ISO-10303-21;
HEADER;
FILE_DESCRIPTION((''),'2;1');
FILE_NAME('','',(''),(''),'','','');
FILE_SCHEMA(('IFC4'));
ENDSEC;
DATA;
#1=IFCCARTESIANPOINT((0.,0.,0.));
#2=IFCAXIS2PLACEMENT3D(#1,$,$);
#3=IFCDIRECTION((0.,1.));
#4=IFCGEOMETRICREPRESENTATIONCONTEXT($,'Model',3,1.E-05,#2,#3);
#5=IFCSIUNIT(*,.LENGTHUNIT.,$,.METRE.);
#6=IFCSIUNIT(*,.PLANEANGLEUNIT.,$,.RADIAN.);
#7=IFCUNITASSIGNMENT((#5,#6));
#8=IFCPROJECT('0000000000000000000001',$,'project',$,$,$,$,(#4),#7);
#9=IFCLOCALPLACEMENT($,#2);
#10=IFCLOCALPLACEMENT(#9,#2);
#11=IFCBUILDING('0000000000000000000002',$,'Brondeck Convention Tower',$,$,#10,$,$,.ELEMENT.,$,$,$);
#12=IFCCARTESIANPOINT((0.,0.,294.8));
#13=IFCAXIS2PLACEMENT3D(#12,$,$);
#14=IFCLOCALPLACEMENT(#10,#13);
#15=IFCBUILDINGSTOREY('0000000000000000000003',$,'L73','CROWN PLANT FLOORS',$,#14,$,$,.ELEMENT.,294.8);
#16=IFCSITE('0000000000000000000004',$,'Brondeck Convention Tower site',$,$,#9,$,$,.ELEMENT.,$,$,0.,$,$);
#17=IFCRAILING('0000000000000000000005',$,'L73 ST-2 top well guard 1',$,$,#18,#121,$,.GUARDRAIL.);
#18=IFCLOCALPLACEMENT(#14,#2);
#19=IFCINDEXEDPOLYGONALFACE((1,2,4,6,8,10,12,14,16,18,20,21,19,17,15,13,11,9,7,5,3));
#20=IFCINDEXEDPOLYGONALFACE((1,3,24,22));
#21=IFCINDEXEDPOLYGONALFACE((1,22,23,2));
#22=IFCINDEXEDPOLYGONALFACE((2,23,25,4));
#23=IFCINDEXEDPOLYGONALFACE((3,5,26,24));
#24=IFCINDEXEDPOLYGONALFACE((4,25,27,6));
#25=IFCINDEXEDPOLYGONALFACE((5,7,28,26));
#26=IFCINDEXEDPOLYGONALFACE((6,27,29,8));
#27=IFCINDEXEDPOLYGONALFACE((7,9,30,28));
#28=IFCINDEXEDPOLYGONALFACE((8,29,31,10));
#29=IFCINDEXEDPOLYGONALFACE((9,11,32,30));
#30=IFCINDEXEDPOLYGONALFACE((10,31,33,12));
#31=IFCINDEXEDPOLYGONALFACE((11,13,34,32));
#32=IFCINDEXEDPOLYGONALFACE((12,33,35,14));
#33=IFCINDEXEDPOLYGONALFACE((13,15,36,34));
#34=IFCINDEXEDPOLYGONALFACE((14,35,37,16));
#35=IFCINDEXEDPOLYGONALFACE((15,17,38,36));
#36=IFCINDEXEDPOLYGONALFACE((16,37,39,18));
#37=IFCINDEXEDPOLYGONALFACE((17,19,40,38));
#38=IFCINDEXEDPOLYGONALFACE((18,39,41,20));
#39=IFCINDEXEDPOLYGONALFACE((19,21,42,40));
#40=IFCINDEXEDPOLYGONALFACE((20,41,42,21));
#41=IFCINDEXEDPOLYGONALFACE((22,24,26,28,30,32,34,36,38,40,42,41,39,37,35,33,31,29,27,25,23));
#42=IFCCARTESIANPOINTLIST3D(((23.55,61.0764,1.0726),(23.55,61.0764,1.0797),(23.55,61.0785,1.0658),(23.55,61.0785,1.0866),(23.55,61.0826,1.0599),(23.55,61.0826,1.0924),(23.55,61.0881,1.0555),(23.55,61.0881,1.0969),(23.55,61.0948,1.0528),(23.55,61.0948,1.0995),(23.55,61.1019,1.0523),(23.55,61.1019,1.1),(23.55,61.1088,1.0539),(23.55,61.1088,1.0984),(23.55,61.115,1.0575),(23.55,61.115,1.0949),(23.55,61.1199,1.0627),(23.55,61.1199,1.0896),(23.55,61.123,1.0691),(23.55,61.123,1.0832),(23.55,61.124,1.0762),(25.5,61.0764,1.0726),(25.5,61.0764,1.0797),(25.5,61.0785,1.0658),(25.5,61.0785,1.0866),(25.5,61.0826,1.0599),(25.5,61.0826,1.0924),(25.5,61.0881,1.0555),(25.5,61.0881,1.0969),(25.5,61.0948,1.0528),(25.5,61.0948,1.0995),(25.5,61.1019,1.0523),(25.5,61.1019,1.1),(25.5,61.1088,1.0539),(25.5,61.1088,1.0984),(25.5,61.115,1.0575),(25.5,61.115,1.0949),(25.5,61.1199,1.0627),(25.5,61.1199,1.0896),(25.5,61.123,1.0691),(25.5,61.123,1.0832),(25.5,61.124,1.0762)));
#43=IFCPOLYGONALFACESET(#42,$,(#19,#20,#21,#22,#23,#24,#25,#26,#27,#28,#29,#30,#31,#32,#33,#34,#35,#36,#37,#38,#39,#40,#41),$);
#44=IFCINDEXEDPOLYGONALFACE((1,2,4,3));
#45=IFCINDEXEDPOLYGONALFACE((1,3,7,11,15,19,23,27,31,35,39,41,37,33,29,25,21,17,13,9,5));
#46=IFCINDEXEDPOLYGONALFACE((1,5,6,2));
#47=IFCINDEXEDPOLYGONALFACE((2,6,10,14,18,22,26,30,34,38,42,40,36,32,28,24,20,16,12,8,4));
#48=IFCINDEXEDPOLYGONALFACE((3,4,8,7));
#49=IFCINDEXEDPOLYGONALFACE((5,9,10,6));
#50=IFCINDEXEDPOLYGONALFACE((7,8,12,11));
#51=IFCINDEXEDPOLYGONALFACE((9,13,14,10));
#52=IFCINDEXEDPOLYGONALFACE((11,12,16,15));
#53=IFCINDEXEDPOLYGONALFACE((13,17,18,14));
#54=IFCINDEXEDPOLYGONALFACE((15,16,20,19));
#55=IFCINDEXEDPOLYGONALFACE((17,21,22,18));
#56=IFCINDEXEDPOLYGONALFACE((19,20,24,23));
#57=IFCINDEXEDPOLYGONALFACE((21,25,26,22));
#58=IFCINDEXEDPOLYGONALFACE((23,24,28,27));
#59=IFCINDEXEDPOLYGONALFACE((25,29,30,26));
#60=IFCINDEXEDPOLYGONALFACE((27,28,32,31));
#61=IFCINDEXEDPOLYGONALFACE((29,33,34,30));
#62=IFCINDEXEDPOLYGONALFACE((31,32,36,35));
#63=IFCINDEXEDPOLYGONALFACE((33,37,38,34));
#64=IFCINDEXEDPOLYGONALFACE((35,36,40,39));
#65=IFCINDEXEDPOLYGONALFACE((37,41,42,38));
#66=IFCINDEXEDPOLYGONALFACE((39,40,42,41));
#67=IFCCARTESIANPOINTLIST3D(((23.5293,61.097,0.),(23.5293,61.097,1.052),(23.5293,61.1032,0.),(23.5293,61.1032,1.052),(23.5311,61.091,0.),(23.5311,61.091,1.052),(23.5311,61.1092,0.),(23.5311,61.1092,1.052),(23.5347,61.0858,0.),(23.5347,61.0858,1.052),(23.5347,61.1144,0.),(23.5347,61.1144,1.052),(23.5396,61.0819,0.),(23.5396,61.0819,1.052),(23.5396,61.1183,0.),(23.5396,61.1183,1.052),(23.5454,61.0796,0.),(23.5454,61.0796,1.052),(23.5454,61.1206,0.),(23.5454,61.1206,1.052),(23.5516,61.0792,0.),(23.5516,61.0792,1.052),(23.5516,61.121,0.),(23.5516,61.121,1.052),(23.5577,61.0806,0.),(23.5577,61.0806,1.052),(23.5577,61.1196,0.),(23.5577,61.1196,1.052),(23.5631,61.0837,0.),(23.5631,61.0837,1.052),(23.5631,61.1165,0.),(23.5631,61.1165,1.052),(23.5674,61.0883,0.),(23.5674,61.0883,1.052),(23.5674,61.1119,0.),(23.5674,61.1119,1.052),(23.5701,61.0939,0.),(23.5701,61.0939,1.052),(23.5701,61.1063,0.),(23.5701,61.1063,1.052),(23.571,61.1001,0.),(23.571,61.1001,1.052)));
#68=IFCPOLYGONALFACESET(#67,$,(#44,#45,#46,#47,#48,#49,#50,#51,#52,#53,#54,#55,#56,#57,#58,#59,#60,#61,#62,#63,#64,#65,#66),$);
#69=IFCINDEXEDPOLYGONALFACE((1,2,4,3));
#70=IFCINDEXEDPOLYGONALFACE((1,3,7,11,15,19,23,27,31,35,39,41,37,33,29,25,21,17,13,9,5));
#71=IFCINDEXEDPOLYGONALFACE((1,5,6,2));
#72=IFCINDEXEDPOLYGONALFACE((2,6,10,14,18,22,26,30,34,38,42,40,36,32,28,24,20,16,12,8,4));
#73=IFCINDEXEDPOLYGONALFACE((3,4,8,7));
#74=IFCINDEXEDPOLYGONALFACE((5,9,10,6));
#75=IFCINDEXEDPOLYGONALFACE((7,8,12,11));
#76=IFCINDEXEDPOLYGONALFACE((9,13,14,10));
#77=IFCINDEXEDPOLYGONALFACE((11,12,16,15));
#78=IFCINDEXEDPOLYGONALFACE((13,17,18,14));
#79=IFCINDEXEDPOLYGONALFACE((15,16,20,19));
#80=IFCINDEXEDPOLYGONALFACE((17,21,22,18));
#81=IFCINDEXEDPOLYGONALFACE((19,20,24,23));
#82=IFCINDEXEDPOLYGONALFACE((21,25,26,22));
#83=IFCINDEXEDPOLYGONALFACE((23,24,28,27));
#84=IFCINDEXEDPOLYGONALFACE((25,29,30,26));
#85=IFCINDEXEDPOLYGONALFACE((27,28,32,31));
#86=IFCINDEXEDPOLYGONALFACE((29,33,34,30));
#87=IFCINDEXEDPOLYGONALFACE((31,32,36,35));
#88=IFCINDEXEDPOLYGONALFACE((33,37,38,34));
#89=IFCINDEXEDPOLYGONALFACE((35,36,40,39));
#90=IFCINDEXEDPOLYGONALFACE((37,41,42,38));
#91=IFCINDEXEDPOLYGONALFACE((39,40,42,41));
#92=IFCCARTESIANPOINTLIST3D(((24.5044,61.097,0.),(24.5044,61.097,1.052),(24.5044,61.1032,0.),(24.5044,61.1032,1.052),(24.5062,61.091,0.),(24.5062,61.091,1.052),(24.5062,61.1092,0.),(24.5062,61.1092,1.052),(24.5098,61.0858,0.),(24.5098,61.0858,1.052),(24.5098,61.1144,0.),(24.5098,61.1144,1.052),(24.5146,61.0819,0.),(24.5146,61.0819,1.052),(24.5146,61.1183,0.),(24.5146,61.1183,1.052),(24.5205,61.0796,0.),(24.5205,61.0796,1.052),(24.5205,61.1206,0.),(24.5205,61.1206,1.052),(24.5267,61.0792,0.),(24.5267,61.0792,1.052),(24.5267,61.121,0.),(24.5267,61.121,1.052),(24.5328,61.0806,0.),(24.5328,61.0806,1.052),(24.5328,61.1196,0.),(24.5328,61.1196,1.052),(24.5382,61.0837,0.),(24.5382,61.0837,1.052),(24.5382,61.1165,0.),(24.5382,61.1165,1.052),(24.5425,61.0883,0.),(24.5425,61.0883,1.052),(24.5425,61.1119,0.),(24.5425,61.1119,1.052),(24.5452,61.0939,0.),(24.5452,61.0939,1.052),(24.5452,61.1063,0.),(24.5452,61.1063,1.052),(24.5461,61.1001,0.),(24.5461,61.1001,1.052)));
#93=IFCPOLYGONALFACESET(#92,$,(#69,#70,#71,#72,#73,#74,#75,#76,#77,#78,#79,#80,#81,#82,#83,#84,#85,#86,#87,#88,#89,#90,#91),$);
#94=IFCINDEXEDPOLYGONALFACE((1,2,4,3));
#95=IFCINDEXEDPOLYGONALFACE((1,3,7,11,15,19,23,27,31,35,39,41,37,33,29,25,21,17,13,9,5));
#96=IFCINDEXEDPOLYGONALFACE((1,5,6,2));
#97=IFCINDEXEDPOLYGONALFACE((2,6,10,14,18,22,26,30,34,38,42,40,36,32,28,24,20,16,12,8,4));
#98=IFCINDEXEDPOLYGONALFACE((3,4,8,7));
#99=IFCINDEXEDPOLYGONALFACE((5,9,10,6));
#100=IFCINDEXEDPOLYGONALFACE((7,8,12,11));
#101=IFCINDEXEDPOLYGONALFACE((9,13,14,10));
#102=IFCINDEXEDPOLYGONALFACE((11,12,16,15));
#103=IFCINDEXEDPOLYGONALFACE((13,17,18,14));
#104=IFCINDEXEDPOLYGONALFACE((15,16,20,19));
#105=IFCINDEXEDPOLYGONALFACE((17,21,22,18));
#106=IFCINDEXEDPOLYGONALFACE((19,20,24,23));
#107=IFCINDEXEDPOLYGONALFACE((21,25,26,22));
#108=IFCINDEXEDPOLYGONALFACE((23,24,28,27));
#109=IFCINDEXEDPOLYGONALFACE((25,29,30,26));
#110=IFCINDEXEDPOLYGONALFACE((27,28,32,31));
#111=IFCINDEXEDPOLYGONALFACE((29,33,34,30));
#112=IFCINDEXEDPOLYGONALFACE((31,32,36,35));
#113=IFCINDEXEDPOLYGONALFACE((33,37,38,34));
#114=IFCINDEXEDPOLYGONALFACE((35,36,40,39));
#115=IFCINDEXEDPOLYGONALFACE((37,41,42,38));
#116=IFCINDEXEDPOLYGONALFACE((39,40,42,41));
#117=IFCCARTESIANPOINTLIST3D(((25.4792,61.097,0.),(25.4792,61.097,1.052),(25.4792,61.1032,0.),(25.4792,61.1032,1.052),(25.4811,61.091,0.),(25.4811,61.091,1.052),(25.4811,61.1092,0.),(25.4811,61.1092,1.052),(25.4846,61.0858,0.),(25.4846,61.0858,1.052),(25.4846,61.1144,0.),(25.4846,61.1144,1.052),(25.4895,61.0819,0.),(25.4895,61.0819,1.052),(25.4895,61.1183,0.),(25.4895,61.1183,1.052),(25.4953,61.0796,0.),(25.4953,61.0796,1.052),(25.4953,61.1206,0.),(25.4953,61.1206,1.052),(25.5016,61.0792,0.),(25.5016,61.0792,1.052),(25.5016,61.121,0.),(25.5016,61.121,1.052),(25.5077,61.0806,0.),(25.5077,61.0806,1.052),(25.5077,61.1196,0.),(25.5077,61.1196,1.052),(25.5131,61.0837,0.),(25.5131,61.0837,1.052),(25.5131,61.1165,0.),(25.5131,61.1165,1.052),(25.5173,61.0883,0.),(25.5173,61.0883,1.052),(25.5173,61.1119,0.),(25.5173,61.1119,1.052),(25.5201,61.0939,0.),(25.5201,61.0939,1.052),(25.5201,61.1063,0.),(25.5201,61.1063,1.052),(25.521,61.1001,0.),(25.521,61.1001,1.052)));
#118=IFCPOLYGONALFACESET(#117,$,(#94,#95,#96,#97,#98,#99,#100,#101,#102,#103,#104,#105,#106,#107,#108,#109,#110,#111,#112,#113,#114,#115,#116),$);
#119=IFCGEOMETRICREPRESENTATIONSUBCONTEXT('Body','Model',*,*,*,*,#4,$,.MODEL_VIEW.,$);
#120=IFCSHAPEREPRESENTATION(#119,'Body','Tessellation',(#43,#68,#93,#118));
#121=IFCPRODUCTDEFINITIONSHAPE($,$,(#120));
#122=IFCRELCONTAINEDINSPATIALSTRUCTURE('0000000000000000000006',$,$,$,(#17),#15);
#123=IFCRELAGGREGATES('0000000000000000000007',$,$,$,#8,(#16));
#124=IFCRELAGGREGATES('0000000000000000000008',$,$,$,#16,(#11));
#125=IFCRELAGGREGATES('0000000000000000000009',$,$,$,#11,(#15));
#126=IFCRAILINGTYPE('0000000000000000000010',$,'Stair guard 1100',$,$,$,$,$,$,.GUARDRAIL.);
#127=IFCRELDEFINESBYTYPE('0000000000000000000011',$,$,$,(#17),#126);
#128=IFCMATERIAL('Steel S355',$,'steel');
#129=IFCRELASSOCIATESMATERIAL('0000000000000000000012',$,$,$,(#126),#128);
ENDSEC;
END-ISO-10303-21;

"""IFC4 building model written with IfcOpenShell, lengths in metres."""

from ifc_helpers import new_model, si_unit, direction, frame, origin, origin_2d, place, context, subcontext, project, spatial, circle, extrude, material, type_object, element, save


model = new_model("IFC4")

# Units and contexts
model_context = context("Model", 3, precision=1e-05, world=origin(), true_north=direction((0.0, 1.0)))
body_context = subcontext(model_context, "Body", "Model", "MODEL_VIEW")
ifc_project = project(units=[si_unit("LENGTHUNIT", "METRE"), si_unit("PLANEANGLEUNIT", "RADIAN")], contexts=[model_context])

# Site, building, storey
site_placement = place(None, origin())
site = spatial("IfcSite", under=ifc_project, at=site_placement, Name="Brondeck Convention Tower site", CompositionType="ELEMENT", RefElevation=0.0)
building_placement = place(site_placement, origin())
building = spatial("IfcBuilding", under=site, at=building_placement, Name="Brondeck Convention Tower", CompositionType="ELEMENT")
storey_placement = place(building_placement, frame((0.0, 0.0, 294.8)))
storey = spatial("IfcBuildingStorey", under=building, at=storey_placement, Name="L73", Description="CROWN PLANT FLOORS", CompositionType="ELEMENT", Elevation=294.8)

# Railing
ifc_material_1 = material(Name="Steel S355", Category="steel")
railing_type = type_object("IfcRailingType", Name="Stair guard 1100", PredefinedType="GUARDRAIL", material=ifc_material_1)
railing_placement = place(storey_placement, frame((23.55, 61.1001, 0.0)))
element("IfcRailing", 1, at=railing_placement, inside=storey, type_object=railing_type, Name="L73 ST-2 top well guard 1", PredefinedType="GUARDRAIL", context=body_context, shape_type="SweptSolid", body=[
    extrude(circle(Radius=0.0239, at=origin_2d()), frame((0.0, 0.0, 1.0762), z_axis=(1.0, 0.0, 0.0), x_axis=(0.0, 1.0, 0.0)), (0.0, 0.0, 1.0), 1.95),
    extrude(circle(Radius=0.021, at=origin_2d()), origin(), (0.0, 0.0, 1.0), 1.052),
    extrude(circle(Radius=0.021, at=origin_2d()), frame((0.9751, 0.0, 0.0)), (0.0, 0.0, 1.0), 1.052),
    extrude(circle(Radius=0.021, at=origin_2d()), frame((1.95, 0.0, 0.0)), (0.0, 0.0, 1.0), 1.052),
])

save(model, "model.ifc")
